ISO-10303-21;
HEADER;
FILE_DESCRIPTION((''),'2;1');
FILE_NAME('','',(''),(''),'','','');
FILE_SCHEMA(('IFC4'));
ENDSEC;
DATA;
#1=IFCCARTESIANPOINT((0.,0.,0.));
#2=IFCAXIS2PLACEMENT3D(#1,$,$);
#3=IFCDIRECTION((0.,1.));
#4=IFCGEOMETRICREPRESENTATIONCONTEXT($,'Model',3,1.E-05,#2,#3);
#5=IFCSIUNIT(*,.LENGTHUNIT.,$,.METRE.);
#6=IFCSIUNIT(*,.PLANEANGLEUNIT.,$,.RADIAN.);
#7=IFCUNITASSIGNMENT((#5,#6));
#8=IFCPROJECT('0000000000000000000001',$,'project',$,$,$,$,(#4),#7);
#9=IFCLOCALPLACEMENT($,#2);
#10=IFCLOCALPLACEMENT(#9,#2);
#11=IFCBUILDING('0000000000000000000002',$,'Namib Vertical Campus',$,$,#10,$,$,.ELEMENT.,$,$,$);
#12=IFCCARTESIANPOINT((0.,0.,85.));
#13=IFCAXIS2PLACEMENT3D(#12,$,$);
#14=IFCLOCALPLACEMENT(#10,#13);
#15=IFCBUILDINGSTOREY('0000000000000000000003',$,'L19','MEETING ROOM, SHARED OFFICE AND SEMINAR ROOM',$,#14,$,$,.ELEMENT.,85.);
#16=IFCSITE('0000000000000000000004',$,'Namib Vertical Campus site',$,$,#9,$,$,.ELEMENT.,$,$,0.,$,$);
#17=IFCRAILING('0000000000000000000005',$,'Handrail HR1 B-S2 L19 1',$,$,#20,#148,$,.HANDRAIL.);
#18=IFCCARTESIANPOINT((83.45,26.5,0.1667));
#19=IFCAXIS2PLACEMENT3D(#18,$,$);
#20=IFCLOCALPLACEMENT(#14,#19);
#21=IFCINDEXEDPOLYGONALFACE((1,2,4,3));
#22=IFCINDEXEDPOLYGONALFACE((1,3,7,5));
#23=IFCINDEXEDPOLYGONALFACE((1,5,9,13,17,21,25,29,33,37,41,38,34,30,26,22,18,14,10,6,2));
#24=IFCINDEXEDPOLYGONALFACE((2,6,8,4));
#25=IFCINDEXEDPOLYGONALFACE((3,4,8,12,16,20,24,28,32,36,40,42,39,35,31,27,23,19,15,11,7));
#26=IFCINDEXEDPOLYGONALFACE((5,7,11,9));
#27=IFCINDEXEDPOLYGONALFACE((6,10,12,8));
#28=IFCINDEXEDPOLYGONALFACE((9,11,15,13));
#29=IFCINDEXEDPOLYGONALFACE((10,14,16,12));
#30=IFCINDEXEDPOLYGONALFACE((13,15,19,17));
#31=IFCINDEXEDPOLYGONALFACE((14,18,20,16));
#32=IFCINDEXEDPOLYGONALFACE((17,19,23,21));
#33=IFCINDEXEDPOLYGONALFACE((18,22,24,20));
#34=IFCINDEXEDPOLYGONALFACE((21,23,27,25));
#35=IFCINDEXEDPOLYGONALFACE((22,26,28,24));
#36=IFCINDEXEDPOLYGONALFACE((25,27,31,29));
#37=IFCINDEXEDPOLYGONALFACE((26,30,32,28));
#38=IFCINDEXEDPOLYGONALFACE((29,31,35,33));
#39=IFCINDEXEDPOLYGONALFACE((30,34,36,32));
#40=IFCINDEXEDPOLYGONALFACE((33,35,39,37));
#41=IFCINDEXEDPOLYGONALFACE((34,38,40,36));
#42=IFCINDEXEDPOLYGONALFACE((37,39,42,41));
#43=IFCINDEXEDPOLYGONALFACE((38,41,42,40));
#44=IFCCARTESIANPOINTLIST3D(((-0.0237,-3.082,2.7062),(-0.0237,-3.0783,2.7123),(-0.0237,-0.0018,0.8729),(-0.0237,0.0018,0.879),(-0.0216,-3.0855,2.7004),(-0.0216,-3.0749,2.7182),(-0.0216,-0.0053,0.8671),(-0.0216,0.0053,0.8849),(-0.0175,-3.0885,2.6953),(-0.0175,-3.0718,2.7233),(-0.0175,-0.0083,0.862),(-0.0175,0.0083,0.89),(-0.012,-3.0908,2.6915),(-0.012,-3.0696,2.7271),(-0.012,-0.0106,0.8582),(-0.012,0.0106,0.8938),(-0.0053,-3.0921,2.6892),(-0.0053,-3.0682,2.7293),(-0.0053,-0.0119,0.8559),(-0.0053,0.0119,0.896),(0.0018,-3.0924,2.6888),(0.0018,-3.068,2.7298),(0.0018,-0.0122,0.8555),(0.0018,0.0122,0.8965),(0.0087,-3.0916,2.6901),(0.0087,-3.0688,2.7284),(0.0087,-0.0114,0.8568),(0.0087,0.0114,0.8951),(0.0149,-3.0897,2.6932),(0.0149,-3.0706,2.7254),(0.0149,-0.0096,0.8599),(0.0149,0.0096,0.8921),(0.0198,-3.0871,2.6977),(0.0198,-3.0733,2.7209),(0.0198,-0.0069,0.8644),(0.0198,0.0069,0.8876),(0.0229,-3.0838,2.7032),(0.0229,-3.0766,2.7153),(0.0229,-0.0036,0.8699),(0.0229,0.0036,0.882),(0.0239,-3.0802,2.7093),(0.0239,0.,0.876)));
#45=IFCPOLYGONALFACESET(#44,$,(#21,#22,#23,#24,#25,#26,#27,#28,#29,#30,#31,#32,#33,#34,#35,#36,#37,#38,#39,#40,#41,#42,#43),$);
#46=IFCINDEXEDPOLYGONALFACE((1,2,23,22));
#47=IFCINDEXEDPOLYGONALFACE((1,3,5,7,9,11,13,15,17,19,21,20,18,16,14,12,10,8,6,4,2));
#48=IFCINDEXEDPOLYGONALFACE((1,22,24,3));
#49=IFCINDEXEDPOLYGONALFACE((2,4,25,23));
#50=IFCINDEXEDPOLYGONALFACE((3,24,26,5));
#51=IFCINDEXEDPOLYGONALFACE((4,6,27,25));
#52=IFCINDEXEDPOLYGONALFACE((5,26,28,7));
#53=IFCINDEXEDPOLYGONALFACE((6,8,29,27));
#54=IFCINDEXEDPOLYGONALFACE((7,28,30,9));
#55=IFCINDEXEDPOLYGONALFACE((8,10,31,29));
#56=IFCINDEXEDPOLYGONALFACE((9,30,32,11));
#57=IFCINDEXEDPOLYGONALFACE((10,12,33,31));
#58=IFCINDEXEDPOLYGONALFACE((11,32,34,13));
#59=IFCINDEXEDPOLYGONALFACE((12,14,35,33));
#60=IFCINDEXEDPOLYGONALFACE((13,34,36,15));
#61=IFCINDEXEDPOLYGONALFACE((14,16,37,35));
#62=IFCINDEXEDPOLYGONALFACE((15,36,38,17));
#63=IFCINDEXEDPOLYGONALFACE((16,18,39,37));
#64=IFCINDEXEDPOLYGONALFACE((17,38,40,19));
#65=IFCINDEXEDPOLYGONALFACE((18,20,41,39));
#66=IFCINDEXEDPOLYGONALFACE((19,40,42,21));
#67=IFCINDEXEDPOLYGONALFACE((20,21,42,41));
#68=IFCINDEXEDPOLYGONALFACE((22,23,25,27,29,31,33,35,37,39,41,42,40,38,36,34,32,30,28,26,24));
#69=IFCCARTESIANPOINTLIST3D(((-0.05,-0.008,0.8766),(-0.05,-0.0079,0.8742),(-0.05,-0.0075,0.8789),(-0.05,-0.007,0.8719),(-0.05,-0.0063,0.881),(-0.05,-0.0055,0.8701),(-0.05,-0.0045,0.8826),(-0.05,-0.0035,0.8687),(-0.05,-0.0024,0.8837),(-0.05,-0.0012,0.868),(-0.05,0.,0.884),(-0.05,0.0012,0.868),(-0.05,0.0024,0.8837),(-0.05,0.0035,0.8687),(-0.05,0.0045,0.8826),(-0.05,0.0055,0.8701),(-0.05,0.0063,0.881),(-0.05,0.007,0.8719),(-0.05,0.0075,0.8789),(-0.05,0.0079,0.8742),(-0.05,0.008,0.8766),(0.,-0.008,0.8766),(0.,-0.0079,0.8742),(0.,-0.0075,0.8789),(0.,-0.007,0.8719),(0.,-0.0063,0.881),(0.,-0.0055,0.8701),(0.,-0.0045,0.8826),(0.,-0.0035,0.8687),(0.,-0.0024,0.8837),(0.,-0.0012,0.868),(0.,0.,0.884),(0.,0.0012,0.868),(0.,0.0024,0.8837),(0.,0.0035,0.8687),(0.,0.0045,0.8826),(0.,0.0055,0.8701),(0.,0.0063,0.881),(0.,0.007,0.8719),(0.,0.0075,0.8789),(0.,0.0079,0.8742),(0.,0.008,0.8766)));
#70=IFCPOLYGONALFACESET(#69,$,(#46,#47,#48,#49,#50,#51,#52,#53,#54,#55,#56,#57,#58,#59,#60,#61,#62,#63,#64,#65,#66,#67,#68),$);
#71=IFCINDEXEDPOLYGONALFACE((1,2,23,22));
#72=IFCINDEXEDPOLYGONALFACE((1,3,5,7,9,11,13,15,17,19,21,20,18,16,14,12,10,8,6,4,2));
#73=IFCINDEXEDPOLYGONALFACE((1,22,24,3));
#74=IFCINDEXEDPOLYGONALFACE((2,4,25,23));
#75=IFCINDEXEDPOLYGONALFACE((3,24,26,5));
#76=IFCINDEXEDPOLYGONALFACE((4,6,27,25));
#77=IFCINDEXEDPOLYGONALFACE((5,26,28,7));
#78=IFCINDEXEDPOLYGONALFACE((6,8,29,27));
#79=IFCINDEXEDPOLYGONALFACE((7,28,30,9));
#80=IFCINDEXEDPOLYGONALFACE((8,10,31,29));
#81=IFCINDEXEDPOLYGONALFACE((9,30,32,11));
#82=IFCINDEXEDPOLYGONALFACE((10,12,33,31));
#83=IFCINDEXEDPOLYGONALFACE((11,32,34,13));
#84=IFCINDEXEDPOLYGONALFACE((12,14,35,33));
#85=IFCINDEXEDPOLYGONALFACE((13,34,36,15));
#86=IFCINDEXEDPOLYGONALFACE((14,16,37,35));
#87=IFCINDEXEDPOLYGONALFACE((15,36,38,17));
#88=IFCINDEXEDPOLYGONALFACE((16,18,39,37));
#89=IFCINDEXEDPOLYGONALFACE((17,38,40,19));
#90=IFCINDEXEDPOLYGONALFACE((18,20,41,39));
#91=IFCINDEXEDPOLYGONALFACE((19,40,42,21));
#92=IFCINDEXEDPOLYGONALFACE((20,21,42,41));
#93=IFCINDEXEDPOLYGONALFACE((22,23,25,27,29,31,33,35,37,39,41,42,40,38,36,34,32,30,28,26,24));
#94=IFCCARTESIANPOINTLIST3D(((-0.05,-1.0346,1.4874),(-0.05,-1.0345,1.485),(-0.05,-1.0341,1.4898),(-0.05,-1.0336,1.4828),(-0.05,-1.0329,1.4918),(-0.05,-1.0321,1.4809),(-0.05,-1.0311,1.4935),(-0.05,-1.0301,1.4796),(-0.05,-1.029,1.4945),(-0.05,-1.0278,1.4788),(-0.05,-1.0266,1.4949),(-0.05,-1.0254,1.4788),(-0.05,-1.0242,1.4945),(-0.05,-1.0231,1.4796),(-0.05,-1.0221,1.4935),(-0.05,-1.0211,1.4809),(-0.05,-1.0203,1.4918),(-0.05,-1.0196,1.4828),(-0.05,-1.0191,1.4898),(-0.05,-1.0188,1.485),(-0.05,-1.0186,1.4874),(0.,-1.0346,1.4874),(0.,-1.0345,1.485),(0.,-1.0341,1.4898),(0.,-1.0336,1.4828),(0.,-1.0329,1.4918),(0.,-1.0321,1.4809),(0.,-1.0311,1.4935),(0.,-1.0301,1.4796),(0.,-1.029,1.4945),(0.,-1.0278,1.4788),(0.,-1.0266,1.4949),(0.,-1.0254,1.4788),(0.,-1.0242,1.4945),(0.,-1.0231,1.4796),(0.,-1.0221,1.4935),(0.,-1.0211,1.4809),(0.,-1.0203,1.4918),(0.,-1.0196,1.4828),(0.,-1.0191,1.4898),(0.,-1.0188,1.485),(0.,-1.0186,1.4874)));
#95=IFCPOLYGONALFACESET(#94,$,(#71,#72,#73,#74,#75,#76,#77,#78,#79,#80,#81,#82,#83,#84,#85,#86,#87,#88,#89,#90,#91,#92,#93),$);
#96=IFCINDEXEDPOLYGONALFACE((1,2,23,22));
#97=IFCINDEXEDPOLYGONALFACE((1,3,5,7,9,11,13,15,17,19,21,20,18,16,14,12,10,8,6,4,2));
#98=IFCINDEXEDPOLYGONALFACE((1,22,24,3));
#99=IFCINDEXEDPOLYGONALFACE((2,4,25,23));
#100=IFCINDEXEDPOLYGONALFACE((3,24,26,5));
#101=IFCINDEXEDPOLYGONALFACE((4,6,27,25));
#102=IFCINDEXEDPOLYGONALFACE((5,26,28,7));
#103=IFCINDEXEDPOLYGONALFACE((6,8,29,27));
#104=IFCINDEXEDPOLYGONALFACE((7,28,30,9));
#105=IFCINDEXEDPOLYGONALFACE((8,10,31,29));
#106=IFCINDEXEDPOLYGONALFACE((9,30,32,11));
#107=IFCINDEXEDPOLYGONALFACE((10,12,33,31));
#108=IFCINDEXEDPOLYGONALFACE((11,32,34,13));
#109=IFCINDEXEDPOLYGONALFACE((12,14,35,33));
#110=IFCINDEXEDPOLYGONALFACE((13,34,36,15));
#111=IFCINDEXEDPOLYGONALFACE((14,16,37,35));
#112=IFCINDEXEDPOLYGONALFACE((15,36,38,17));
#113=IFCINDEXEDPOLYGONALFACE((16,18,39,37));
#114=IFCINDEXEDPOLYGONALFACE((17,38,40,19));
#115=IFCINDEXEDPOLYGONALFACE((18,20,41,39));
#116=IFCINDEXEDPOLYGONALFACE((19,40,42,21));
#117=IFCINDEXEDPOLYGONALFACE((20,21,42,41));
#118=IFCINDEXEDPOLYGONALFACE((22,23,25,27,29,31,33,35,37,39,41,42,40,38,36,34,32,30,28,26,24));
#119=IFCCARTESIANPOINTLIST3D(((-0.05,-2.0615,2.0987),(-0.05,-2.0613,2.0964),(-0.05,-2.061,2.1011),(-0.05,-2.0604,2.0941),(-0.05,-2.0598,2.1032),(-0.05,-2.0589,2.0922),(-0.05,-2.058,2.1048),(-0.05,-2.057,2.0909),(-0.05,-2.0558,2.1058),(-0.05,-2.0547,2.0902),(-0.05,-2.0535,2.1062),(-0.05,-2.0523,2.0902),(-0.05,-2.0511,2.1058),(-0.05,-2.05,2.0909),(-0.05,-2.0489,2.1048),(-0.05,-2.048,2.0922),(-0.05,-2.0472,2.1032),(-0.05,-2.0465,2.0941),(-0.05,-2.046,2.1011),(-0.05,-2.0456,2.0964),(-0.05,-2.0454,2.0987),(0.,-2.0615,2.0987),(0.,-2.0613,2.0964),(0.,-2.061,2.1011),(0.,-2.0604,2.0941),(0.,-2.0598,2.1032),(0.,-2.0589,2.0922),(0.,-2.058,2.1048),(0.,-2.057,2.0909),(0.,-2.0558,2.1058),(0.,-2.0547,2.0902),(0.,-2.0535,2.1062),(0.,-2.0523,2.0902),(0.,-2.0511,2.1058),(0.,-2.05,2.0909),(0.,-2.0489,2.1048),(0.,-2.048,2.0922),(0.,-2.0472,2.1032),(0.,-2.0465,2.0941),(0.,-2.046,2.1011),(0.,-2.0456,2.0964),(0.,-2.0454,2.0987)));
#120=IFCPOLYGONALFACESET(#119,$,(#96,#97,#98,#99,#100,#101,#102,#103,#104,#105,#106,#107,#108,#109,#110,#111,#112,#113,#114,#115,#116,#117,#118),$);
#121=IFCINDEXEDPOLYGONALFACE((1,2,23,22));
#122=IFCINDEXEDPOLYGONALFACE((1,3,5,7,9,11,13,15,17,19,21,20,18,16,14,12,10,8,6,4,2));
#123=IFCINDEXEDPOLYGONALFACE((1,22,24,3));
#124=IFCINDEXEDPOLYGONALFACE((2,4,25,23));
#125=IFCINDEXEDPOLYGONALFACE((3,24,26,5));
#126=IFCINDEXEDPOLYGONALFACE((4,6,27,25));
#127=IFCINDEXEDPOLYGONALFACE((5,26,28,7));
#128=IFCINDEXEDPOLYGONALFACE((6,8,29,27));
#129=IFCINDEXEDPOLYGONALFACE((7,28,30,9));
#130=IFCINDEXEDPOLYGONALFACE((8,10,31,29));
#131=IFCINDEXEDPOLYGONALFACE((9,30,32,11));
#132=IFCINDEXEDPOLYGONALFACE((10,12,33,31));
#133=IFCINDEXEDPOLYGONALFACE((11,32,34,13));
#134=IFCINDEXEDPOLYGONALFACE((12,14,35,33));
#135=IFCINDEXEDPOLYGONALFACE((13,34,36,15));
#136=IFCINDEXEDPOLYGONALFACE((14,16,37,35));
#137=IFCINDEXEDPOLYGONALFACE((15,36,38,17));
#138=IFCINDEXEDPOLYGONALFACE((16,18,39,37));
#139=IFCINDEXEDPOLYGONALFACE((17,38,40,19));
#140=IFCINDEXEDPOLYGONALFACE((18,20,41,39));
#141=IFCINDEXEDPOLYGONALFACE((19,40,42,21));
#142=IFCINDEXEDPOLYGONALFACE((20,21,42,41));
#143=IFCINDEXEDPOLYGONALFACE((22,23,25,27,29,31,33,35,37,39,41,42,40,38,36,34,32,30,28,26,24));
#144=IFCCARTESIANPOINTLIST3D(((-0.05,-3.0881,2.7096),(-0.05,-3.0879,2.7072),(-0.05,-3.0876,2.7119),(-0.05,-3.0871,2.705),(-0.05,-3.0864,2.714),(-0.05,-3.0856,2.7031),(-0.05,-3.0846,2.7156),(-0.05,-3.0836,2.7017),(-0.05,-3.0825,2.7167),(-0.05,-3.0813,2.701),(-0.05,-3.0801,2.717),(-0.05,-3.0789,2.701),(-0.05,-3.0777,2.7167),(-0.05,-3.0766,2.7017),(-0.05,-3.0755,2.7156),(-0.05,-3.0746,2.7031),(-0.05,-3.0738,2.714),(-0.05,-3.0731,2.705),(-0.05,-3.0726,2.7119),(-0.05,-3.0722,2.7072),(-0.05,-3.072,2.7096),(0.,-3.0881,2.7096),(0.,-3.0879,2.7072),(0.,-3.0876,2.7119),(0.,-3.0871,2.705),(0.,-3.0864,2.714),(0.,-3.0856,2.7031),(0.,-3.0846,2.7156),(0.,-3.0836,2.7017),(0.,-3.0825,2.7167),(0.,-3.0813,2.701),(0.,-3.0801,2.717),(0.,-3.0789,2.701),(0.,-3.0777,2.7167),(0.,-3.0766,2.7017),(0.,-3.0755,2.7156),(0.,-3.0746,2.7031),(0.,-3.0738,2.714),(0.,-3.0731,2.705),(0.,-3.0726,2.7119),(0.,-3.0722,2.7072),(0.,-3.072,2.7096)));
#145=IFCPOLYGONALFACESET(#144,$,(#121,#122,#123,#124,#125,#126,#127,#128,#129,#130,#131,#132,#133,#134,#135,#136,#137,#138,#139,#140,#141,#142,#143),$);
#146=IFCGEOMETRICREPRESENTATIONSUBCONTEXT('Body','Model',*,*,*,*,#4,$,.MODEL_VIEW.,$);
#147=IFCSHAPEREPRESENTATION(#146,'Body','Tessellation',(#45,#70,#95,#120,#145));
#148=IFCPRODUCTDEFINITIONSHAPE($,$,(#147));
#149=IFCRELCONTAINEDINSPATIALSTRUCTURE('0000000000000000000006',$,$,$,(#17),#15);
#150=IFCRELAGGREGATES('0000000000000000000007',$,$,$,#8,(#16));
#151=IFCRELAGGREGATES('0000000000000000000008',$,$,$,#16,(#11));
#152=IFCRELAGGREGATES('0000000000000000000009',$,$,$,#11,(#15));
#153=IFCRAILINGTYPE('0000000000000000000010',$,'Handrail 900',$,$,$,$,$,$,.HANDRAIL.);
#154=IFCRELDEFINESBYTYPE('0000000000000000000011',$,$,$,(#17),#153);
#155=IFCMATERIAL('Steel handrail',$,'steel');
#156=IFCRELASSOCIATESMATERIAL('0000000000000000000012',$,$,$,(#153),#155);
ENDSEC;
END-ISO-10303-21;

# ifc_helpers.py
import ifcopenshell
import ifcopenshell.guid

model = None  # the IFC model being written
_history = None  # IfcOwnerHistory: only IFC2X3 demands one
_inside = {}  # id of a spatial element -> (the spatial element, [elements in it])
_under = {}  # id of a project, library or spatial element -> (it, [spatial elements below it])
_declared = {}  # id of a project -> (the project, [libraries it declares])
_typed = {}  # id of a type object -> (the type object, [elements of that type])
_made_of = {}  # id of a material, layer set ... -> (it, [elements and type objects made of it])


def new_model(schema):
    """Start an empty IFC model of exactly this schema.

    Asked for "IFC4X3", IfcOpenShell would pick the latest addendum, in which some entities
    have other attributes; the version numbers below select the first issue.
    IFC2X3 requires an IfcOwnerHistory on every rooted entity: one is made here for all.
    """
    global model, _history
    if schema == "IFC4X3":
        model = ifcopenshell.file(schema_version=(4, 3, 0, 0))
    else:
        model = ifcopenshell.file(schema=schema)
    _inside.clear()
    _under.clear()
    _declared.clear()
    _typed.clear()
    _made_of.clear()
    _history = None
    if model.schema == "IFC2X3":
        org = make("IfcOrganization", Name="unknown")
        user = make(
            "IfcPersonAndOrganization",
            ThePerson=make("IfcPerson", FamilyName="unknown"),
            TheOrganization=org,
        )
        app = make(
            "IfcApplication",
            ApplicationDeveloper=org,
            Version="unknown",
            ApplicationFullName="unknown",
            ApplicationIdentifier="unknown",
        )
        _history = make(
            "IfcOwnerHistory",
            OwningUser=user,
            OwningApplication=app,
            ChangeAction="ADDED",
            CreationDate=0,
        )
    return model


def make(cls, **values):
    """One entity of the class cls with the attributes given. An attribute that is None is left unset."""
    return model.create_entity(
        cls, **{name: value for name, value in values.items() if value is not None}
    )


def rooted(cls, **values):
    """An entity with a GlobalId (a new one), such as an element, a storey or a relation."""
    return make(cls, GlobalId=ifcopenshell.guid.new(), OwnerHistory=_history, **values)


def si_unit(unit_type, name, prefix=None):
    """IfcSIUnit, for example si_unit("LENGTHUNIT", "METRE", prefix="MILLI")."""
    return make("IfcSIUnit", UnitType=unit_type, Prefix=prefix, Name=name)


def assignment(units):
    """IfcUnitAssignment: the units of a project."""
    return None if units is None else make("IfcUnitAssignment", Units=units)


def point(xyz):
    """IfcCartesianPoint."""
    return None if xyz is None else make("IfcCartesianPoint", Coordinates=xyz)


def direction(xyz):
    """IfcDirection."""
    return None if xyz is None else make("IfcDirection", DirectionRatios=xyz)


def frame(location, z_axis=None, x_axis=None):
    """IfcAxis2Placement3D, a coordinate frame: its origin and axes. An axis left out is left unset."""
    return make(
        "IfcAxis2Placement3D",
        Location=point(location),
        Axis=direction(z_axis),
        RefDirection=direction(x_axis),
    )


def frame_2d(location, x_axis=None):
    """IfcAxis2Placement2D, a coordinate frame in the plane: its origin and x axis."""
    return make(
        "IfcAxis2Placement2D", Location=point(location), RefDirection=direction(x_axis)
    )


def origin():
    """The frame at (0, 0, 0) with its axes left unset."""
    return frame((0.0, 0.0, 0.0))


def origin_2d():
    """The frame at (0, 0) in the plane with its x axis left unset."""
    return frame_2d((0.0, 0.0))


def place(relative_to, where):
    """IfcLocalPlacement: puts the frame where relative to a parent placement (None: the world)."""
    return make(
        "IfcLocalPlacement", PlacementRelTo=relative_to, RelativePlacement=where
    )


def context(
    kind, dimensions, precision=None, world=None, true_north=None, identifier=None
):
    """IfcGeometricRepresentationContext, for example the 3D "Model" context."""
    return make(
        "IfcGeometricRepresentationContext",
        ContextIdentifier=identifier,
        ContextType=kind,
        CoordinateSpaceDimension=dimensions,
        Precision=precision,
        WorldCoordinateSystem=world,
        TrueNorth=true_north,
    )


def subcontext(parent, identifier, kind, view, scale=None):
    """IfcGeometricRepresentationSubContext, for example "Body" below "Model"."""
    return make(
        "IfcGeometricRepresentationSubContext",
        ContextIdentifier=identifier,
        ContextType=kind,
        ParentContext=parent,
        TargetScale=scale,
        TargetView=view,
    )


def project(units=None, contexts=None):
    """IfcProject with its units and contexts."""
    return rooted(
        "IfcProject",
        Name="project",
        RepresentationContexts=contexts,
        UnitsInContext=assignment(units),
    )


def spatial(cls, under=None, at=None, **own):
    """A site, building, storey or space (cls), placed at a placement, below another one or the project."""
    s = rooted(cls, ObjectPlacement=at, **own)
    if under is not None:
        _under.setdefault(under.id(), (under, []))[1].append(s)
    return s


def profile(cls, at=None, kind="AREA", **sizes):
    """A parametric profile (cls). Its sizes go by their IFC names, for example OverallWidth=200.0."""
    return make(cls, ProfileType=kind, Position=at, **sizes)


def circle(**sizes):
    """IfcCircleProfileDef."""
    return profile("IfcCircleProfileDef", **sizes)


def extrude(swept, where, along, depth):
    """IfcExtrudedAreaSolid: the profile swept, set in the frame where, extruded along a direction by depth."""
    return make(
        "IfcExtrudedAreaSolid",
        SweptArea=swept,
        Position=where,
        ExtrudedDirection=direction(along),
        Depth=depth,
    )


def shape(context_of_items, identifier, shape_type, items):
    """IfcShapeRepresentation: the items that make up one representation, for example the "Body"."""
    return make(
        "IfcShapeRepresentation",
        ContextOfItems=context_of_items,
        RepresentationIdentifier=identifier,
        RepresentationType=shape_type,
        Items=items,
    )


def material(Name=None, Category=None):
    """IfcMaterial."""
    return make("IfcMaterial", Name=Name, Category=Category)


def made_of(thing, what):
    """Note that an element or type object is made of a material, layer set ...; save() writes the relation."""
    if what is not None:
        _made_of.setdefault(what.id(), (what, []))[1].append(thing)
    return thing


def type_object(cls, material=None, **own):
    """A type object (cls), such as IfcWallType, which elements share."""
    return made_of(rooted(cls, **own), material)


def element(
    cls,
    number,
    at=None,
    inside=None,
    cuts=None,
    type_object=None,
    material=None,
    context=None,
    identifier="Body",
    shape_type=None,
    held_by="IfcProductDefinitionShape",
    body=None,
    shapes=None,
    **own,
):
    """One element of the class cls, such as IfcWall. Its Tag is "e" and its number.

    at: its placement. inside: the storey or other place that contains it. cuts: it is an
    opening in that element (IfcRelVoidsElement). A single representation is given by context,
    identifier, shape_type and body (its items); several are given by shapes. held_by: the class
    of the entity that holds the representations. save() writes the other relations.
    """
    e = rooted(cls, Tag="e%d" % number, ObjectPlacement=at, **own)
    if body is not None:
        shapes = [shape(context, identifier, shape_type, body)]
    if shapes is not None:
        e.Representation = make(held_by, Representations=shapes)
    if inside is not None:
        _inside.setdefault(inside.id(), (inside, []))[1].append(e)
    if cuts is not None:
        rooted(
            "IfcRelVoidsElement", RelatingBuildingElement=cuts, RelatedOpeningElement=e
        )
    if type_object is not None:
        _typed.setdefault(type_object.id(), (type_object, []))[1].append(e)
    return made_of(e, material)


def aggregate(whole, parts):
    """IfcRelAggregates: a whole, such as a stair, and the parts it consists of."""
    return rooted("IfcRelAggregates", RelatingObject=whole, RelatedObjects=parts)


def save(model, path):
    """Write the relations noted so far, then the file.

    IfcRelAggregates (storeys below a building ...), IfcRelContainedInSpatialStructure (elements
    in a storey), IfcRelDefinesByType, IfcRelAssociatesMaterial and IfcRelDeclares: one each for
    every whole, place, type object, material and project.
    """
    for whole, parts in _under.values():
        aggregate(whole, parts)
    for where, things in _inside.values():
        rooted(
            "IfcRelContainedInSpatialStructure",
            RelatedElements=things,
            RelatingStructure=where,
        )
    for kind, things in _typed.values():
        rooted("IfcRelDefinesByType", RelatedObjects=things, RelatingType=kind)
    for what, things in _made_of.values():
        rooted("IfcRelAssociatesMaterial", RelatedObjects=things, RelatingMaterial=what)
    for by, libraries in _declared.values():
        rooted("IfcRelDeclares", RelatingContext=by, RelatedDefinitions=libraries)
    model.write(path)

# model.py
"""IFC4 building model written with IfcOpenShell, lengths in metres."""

from ifc_helpers import new_model, si_unit, direction, frame, origin, origin_2d, place, context, subcontext, project, spatial, circle, extrude, material, type_object, element, save


model = new_model("IFC4")

# Units and contexts
model_context = context("Model", 3, precision=1e-05, world=origin(), true_north=direction((0.0, 1.0)))
body_context = subcontext(model_context, "Body", "Model", "MODEL_VIEW")
ifc_project = project(units=[si_unit("LENGTHUNIT", "METRE"), si_unit("PLANEANGLEUNIT", "RADIAN")], contexts=[model_context])

# Site, building, storey
site_placement = place(None, origin())
site = spatial("IfcSite", under=ifc_project, at=site_placement, Name="Namib Vertical Campus site", CompositionType="ELEMENT", RefElevation=0.0)
building_placement = place(site_placement, origin())
building = spatial("IfcBuilding", under=site, at=building_placement, Name="Namib Vertical Campus", CompositionType="ELEMENT")
storey_placement = place(building_placement, frame((0.0, 0.0, 85.0)))
storey = spatial("IfcBuildingStorey", under=building, at=storey_placement, Name="L19", Description="MEETING ROOM, SHARED OFFICE AND SEMINAR ROOM", CompositionType="ELEMENT", Elevation=85.0)

# Railing
ifc_material_1 = material(Name="Steel handrail", Category="steel")
railing_type_1 = type_object("IfcRailingType", Name="Handrail 900", PredefinedType="HANDRAIL", material=ifc_material_1)
railing_1_placement = place(storey_placement, frame((83.45, 26.5, 0.1667)))
element("IfcRailing", 1, at=railing_1_placement, inside=storey, type_object=railing_type_1, Name="Handrail HR1 B-S2 L19 1", PredefinedType="HANDRAIL", context=body_context, shape_type="SweptSolid", body=[
    extrude(circle(Radius=0.0239, at=origin_2d()), frame((0.0, 0.0, 0.876), z_axis=(0.0, -0.859309, 0.511458), x_axis=(1.0, 0.0, 0.0)), (0.0, 0.0, 1.0), 3.5845),
    extrude(circle(Radius=0.0081, at=origin_2d()), frame((0.0, 0.0, 0.876), z_axis=(-1.0, 0.0, 0.0), x_axis=(0.0, 0.0, 1.0)), (0.0, 0.0, 1.0), 0.05),
    extrude(circle(Radius=0.0081, at=origin_2d()), frame((0.0, -1.0266, 1.4868), z_axis=(-1.0, 0.0, 0.0), x_axis=(0.0, 0.0, 1.0)), (0.0, 0.0, 1.0), 0.05),
    extrude(circle(Radius=0.0081, at=origin_2d()), frame((0.0, -2.0535, 2.0981), z_axis=(-1.0, 0.0, 0.0), x_axis=(0.0, 0.0, 1.0)), (0.0, 0.0, 1.0), 0.05),
    extrude(circle(Radius=0.0081, at=origin_2d()), frame((0.0, -3.0801, 2.709), z_axis=(-1.0, 0.0, 0.0), x_axis=(0.0, 0.0, 1.0)), (0.0, 0.0, 1.0), 0.05),
])

save(model, "model.ifc")
